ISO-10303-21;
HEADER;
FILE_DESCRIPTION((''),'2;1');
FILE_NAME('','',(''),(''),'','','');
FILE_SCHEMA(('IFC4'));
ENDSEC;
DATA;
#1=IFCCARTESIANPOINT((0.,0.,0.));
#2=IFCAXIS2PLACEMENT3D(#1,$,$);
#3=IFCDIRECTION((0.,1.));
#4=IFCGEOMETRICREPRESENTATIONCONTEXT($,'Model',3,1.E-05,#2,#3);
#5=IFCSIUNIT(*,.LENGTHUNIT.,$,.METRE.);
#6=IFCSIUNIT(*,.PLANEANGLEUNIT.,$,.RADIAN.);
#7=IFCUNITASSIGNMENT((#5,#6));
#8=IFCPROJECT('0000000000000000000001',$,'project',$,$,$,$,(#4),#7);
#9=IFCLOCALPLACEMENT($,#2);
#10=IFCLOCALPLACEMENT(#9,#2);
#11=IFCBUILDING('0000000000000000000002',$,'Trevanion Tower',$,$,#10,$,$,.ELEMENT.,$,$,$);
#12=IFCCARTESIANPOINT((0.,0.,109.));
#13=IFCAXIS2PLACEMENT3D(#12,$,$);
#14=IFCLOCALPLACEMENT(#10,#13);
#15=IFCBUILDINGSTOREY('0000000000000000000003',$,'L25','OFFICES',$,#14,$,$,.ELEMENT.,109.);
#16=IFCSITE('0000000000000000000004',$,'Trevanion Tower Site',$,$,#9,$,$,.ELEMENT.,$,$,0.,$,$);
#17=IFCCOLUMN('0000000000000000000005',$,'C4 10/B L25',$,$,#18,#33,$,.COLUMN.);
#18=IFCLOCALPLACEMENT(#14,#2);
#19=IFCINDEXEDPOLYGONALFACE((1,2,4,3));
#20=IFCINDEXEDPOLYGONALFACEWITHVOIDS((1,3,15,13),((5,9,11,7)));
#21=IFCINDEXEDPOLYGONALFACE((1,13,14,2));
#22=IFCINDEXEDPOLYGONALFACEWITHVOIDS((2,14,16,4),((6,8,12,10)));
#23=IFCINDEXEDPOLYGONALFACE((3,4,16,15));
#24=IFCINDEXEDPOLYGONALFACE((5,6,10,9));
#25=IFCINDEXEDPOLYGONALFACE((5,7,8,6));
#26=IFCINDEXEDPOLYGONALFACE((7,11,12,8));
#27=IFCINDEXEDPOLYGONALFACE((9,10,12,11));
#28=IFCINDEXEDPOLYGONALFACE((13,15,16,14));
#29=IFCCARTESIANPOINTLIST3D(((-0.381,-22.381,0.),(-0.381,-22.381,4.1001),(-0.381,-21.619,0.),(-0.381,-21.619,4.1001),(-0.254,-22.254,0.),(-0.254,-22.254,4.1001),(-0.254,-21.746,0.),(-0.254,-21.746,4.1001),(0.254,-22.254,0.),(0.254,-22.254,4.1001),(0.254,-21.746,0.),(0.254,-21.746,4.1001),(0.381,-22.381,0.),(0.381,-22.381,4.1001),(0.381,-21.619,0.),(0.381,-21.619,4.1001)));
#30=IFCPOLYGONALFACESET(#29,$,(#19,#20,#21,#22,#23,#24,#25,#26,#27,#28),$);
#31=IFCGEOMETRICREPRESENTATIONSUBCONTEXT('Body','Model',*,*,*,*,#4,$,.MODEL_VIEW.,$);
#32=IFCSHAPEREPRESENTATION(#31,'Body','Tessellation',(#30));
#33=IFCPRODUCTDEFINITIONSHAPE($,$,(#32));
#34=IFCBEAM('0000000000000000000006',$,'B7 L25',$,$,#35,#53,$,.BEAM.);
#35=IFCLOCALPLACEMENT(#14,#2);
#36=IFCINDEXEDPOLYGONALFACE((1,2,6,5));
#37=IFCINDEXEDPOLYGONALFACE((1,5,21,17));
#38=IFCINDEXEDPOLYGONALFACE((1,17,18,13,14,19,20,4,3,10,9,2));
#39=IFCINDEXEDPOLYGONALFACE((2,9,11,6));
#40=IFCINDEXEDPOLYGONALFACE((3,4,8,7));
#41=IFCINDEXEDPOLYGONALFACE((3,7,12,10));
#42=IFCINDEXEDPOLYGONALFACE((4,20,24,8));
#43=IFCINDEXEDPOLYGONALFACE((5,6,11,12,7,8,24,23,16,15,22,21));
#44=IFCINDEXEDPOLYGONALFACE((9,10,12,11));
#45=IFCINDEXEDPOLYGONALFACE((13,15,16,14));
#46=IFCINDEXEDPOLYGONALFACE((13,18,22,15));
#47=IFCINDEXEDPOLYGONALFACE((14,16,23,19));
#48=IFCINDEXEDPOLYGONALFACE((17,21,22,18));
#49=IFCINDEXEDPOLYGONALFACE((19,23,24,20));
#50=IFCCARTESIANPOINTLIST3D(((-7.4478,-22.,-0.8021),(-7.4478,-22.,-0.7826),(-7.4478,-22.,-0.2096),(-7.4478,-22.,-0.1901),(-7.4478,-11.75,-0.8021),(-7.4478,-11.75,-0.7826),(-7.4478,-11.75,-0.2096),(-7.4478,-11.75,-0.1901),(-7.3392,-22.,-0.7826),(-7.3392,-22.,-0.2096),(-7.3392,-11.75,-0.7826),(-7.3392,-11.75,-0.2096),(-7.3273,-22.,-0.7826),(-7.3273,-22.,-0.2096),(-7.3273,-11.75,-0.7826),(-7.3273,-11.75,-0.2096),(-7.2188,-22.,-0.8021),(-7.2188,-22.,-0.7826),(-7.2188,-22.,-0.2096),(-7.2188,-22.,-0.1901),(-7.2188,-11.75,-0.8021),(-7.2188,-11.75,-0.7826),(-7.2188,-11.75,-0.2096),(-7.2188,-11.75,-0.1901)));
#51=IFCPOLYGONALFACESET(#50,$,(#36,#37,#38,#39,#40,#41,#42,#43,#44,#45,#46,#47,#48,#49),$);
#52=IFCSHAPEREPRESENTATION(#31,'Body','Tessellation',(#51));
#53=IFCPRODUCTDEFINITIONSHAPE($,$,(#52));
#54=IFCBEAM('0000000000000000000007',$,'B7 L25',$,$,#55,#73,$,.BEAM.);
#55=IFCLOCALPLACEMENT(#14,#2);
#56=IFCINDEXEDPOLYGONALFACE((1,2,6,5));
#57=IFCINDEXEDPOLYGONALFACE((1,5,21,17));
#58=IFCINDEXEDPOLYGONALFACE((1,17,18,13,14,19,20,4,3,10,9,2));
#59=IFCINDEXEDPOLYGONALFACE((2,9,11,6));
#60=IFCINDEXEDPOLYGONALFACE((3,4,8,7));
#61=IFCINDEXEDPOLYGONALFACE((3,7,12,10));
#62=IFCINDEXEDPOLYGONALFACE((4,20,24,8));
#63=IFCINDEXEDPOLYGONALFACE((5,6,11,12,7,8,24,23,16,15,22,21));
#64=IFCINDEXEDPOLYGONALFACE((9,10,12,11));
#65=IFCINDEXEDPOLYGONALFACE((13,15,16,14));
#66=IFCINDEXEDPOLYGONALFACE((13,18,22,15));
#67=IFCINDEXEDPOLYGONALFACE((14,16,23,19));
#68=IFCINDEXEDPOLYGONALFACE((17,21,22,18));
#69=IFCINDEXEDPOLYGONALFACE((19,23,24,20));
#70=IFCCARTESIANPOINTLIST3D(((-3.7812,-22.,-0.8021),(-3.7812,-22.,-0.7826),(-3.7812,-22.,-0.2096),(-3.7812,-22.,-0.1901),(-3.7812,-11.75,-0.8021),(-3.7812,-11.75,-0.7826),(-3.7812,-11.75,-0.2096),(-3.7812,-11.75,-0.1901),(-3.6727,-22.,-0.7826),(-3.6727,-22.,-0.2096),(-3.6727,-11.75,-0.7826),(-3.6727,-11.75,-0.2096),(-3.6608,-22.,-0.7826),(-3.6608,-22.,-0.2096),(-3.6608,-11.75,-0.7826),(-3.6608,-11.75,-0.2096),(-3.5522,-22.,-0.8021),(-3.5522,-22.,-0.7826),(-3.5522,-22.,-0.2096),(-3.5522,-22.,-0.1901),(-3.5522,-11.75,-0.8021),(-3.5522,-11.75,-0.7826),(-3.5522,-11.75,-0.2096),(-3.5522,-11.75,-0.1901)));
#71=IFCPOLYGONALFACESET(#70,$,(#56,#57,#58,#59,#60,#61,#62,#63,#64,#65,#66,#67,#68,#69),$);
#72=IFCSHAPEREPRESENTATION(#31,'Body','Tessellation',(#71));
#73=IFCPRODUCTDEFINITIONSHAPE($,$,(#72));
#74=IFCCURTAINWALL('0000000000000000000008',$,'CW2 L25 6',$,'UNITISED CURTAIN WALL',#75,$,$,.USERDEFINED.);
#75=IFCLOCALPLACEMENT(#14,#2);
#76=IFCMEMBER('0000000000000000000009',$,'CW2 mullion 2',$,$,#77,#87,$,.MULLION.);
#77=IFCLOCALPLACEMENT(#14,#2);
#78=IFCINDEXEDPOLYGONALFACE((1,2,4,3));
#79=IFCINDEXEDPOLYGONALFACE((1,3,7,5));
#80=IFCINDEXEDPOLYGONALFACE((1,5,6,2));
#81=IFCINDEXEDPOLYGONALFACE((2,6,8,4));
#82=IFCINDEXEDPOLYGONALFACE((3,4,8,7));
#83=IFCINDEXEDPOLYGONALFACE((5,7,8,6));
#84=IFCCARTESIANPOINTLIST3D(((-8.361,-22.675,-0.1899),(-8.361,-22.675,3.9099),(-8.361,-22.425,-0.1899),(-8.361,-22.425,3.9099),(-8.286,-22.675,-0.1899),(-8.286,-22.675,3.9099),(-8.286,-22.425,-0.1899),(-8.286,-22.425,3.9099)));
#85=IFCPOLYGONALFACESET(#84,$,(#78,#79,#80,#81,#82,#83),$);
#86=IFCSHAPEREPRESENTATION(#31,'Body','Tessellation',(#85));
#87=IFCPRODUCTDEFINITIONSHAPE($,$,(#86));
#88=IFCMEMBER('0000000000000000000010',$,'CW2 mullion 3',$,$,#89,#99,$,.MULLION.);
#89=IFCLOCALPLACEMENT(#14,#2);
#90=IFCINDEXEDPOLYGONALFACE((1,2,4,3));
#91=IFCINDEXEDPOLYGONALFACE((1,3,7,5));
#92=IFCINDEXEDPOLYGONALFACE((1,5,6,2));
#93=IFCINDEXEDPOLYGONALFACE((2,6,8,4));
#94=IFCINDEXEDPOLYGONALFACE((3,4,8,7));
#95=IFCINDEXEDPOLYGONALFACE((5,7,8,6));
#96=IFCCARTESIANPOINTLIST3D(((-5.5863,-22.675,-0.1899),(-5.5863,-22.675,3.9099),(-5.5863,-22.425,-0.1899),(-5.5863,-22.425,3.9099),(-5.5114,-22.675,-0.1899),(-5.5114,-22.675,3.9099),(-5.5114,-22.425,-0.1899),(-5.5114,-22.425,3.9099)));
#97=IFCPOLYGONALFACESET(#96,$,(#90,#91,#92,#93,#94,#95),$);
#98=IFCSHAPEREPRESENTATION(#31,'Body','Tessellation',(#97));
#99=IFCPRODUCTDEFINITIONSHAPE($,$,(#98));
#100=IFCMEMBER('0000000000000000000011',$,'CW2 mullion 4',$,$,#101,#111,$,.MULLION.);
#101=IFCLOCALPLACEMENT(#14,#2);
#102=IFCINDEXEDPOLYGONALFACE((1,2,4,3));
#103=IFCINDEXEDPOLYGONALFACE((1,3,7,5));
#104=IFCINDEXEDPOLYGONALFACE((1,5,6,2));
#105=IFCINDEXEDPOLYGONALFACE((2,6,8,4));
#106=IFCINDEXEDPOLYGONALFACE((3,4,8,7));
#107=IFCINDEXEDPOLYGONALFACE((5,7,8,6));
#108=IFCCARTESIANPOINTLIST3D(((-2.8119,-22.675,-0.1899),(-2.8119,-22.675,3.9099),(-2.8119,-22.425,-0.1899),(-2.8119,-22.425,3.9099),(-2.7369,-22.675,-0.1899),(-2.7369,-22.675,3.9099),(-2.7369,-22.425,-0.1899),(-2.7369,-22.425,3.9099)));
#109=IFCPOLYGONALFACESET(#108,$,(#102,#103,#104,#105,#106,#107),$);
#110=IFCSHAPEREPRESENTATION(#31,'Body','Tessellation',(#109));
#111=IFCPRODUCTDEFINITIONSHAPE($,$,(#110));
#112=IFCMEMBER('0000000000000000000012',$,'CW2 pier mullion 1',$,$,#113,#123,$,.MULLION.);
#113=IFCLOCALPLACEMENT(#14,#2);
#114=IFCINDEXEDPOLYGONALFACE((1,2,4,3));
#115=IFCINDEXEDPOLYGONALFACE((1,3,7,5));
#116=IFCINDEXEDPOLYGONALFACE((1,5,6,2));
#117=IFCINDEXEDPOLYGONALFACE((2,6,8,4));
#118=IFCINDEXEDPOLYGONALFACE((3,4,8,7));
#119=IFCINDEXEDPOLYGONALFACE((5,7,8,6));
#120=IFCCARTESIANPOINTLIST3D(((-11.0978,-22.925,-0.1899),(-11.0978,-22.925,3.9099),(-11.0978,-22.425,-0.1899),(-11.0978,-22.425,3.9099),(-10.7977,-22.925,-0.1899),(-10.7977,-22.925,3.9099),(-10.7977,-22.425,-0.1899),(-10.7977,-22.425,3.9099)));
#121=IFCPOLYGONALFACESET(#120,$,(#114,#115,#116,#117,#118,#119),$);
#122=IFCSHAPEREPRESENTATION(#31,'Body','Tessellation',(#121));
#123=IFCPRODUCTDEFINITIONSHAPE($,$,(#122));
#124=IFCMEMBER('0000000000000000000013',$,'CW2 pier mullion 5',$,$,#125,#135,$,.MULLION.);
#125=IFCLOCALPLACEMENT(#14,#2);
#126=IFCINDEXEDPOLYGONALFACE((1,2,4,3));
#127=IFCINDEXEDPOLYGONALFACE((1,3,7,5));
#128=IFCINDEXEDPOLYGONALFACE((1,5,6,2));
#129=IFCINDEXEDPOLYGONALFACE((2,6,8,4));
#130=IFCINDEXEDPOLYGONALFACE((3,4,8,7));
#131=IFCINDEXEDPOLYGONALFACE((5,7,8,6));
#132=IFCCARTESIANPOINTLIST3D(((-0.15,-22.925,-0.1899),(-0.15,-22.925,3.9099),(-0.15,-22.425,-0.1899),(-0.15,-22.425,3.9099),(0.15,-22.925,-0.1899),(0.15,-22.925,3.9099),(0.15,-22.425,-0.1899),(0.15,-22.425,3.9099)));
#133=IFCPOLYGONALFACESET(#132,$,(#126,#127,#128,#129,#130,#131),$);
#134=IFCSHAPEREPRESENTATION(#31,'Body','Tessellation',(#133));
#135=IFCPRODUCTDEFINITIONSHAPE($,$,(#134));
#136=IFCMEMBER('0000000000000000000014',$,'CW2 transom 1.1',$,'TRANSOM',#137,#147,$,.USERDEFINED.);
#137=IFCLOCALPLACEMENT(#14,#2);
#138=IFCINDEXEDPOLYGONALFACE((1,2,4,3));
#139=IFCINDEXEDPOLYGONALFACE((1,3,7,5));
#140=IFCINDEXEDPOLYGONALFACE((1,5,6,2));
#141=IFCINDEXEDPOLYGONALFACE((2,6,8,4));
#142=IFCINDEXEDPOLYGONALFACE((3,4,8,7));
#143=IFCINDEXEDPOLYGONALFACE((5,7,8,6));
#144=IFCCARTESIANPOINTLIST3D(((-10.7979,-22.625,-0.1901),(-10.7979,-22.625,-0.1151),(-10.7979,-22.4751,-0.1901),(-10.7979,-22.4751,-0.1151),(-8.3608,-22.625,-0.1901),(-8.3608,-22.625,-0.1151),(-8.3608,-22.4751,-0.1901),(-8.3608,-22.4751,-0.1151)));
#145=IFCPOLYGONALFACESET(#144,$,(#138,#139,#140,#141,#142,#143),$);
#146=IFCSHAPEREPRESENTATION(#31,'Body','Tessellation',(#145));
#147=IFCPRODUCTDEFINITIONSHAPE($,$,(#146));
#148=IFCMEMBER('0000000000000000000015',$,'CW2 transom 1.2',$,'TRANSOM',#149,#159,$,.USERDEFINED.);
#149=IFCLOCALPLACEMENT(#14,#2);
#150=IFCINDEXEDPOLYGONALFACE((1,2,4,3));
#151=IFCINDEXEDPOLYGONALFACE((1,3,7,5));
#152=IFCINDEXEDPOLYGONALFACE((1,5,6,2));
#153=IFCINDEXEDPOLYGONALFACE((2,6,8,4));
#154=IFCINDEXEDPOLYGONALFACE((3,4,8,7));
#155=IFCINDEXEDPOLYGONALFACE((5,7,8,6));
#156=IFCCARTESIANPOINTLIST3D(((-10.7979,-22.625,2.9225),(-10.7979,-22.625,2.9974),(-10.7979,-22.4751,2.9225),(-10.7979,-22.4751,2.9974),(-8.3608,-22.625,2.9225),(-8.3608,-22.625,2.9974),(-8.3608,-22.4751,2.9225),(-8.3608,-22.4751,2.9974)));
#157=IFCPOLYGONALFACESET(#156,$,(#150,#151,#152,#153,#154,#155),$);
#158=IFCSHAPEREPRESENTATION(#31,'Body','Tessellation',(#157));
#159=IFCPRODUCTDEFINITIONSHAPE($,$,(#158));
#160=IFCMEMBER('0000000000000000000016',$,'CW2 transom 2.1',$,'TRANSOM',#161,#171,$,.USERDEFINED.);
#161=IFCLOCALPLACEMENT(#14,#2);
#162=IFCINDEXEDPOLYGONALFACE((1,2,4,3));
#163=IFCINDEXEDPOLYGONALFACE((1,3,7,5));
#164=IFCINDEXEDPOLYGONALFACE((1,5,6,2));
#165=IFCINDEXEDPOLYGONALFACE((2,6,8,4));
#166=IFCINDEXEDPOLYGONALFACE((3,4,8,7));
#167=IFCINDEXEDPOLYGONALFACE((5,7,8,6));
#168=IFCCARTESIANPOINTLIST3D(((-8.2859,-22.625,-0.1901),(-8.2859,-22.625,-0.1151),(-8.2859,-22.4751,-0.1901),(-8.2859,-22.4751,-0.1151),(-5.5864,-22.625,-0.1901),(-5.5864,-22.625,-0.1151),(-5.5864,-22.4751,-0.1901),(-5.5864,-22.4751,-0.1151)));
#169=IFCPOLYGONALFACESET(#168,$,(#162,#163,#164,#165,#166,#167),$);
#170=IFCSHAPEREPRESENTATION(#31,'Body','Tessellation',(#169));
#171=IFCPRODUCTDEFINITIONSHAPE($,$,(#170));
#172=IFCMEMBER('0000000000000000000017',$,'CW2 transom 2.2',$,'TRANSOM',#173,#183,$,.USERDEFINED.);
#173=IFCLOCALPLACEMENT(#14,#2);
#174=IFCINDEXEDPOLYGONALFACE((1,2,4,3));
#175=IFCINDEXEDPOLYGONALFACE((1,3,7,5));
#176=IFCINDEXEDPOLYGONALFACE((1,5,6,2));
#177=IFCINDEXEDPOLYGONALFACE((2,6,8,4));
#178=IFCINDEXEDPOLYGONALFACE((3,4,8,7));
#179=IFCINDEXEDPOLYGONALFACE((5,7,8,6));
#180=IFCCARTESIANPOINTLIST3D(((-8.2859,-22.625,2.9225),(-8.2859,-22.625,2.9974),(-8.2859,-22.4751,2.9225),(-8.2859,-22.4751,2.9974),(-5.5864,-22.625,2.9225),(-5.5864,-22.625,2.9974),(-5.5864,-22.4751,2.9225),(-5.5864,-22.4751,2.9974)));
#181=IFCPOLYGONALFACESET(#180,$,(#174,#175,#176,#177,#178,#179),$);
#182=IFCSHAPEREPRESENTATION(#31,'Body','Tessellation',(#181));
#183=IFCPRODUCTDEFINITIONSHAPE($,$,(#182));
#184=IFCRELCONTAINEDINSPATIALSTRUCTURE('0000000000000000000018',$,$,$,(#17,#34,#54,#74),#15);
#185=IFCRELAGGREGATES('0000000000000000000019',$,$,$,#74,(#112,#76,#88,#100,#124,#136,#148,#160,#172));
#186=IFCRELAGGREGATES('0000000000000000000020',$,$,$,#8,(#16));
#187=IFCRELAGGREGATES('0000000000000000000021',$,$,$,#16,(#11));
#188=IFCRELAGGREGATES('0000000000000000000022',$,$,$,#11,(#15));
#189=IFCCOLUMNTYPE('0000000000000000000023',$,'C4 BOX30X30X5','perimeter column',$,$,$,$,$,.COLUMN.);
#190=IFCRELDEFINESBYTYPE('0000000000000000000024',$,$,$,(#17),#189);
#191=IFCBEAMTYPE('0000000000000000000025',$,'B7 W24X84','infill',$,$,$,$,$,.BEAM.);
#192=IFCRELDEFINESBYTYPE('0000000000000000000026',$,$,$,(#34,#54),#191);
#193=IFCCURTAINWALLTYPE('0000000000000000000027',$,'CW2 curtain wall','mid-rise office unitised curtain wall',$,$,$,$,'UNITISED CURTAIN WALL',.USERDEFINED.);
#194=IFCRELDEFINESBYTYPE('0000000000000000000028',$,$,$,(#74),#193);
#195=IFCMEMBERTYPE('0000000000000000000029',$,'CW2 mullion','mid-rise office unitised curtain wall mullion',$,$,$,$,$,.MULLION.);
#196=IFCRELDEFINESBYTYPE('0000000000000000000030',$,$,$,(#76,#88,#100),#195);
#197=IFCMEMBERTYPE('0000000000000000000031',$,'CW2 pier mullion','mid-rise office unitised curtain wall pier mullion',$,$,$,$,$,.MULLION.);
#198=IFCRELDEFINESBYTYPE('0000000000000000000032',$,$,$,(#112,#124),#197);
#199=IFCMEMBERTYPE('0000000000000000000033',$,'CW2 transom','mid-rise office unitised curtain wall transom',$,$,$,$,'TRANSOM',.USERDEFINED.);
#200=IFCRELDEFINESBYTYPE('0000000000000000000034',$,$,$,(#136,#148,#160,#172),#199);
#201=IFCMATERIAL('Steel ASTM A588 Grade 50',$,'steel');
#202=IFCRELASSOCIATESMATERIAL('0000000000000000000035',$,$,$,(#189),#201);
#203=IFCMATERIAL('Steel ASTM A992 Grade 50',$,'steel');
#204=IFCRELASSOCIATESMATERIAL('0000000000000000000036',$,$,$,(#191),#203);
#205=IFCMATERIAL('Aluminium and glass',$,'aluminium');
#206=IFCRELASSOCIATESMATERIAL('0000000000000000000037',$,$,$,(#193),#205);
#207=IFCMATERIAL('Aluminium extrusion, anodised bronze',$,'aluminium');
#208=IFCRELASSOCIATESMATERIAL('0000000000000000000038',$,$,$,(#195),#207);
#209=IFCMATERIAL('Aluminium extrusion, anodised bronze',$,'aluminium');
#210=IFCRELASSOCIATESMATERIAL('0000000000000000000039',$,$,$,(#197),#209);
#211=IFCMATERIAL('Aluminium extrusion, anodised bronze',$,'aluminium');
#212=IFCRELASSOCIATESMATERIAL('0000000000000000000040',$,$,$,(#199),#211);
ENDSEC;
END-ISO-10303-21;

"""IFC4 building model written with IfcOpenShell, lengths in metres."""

from ifc_helpers import new_model, si_unit, direction, frame, origin, origin_2d, place, context, subcontext, project, spatial, rectangle, hollow_rectangle, i_section, extrude, material, material_profile, profile_set, type_object, element, aggregate, save


model = new_model("IFC4")

# Units and contexts
model_context = context("Model", 3, precision=1e-05, world=origin(), true_north=direction((0.0, 1.0)))
body_context = subcontext(model_context, "Body", "Model", "MODEL_VIEW")
ifc_project = project(units=[si_unit("LENGTHUNIT", "METRE"), si_unit("PLANEANGLEUNIT", "RADIAN")], contexts=[model_context])

# Site, building, storey
site_placement = place(None, origin())
site = spatial("IfcSite", under=ifc_project, at=site_placement, Name="Trevanion Tower Site", CompositionType="ELEMENT", RefElevation=0.0)
building_placement = place(site_placement, origin())
building = spatial("IfcBuilding", under=site, at=building_placement, Name="Trevanion Tower", CompositionType="ELEMENT")
storey_placement = place(building_placement, frame((0.0, 0.0, 109.0)))
storey = spatial("IfcBuildingStorey", under=building, at=storey_placement, Name="L25", Description="OFFICES", CompositionType="ELEMENT", Elevation=109.0)

# Column
ifc_material_1 = material(Name="Steel ASTM A588 Grade 50", Category="steel")
ifc_material_profile_1 = material_profile(ifc_material_1, hollow_rectangle(XDim=0.762, YDim=0.762, WallThickness=0.127, at=origin_2d()), Name="BOX30X30X5")
ifc_profile_set_1 = profile_set([ifc_material_profile_1], Name="Steel ASTM A588 Grade 50")
column_type = type_object("IfcColumnType", Name="C4 BOX30X30X5", Description="perimeter column", PredefinedType="COLUMN", material=ifc_profile_set_1)
column_placement = place(storey_placement, frame((0.0, -22.0, 0.0), z_axis=(0.0, 0.0, 1.0), x_axis=(1.0, 0.0, 0.0)))
element("IfcColumn", 1, at=column_placement, inside=storey, type_object=column_type, Name="C4 10/B L25", PredefinedType="COLUMN", context=body_context, shape_type="SweptSolid", body=[
    extrude(hollow_rectangle(XDim=0.762, YDim=0.762, WallThickness=0.127, at=origin_2d()), origin(), (0.0, 0.0, 1.0), 4.1001),
])

# Beams
ifc_material_2 = material(Name="Steel ASTM A992 Grade 50", Category="steel")
ifc_material_profile_2 = material_profile(ifc_material_2, i_section(OverallWidth=0.229, OverallDepth=0.6121, WebThickness=0.012, FlangeThickness=0.0195, at=origin_2d()), Name="W24X84")
ifc_profile_set_2 = profile_set([ifc_material_profile_2], Name="Steel ASTM A992 Grade 50")
beam_type_1 = type_object("IfcBeamType", Name="B7 W24X84", Description="infill", PredefinedType="BEAM", material=ifc_profile_set_2)
for number, where, z_axis, x_axis, name in (
    (2, (-7.3333, -11.75, -0.4961), (0.0, -1.0, 0.0), (1.0, 0.0, 0.0), "B7 L25"),
    (3, (-3.6667, -11.75, -0.4961), (0.0, -1.0, 0.0), (1.0, 0.0, 0.0), "B7 L25"),
):
    element("IfcBeam", number, at=place(storey_placement, frame(where, z_axis=z_axis, x_axis=x_axis)), inside=storey, type_object=beam_type_1, Name=name, PredefinedType="BEAM", context=body_context, shape_type="SweptSolid", body=[
        extrude(i_section(OverallWidth=0.229, OverallDepth=0.6121, WebThickness=0.012, FlangeThickness=0.0195, at=origin_2d()), origin(), (0.0, 0.0, 1.0), 10.25),
    ])

# Curtain wall, members
ifc_material_3 = material(Name="Aluminium and glass", Category="aluminium")
curtain_wall_type = type_object("IfcCurtainWallType", Name="CW2 curtain wall", Description="mid-rise office unitised curtain wall", ElementType="UNITISED CURTAIN WALL", PredefinedType="USERDEFINED", material=ifc_material_3)
curtain_wall_placement = place(storey_placement, origin())
curtain_wall = element("IfcCurtainWall", 4, at=curtain_wall_placement, inside=storey, type_object=curtain_wall_type, Name="CW2 L25 6", ObjectType="UNITISED CURTAIN WALL", PredefinedType="USERDEFINED")
ifc_material_4 = material(Name="Aluminium extrusion, anodised bronze", Category="aluminium")
ifc_material_profile_3 = material_profile(ifc_material_4, rectangle(XDim=0.075, YDim=0.25, at=origin_2d()), Name="CW2 mullion")
ifc_profile_set_3 = profile_set([ifc_material_profile_3], Name="Aluminium extrusion, anodised bronze")
member_type_1 = type_object("IfcMemberType", Name="CW2 mullion", Description="mid-rise office unitised curtain wall mullion", PredefinedType="MULLION", material=ifc_profile_set_3)
member_1_placement = place(storey_placement, frame((-8.3235, -22.55, -0.1899), z_axis=(0.0, 0.0, 1.0), x_axis=(1.0, 0.0, 0.0)))
member_1 = element("IfcMember", 5, at=member_1_placement, type_object=member_type_1, Name="CW2 mullion 2", PredefinedType="MULLION", context=body_context, shape_type="SweptSolid", body=[
    extrude(rectangle(XDim=0.075, YDim=0.25, at=origin_2d()), origin(), (0.0, 0.0, 1.0), 4.0999),
])
member_2_placement = place(storey_placement, frame((-5.5488, -22.55, -0.1899), z_axis=(0.0, 0.0, 1.0), x_axis=(1.0, 0.0, 0.0)))
member_2 = element("IfcMember", 6, at=member_2_placement, type_object=member_type_1, Name="CW2 mullion 3", PredefinedType="MULLION", context=body_context, shape_type="SweptSolid", body=[
    extrude(rectangle(XDim=0.075, YDim=0.25, at=origin_2d()), origin(), (0.0, 0.0, 1.0), 4.0999),
])
member_3_placement = place(storey_placement, frame((-2.7744, -22.55, -0.1899), z_axis=(0.0, 0.0, 1.0), x_axis=(1.0, 0.0, 0.0)))
member_3 = element("IfcMember", 7, at=member_3_placement, type_object=member_type_1, Name="CW2 mullion 4", PredefinedType="MULLION", context=body_context, shape_type="SweptSolid", body=[
    extrude(rectangle(XDim=0.075, YDim=0.25, at=origin_2d()), origin(), (0.0, 0.0, 1.0), 4.0999),
])
ifc_material_5 = material(Name="Aluminium extrusion, anodised bronze", Category="aluminium")
ifc_material_profile_4 = material_profile(ifc_material_5, rectangle(XDim=0.3, YDim=0.5, at=origin_2d()), Name="CW2 pier mullion")
ifc_profile_set_4 = profile_set([ifc_material_profile_4], Name="Aluminium extrusion, anodised bronze")
member_type_2 = type_object("IfcMemberType", Name="CW2 pier mullion", Description="mid-rise office unitised curtain wall pier mullion", PredefinedType="MULLION", material=ifc_profile_set_4)
member_4_placement = place(storey_placement, frame((-10.9478, -22.675, -0.1899), z_axis=(0.0, 0.0, 1.0), x_axis=(1.0, 0.0, 0.0)))
member_4 = element("IfcMember", 8, at=member_4_placement, type_object=member_type_2, Name="CW2 pier mullion 1", PredefinedType="MULLION", context=body_context, shape_type="SweptSolid", body=[
    extrude(rectangle(XDim=0.3, YDim=0.5, at=origin_2d()), origin(), (0.0, 0.0, 1.0), 4.0999),
])
member_5_placement = place(storey_placement, frame((0.0, -22.675, -0.1899), z_axis=(0.0, 0.0, 1.0), x_axis=(1.0, 0.0, 0.0)))
member_5 = element("IfcMember", 9, at=member_5_placement, type_object=member_type_2, Name="CW2 pier mullion 5", PredefinedType="MULLION", context=body_context, shape_type="SweptSolid", body=[
    extrude(rectangle(XDim=0.3, YDim=0.5, at=origin_2d()), origin(), (0.0, 0.0, 1.0), 4.0999),
])
ifc_material_6 = material(Name="Aluminium extrusion, anodised bronze", Category="aluminium")
ifc_material_profile_5 = material_profile(ifc_material_6, rectangle(XDim=0.1499, YDim=0.075, at=origin_2d()), Name="CW2 transom")
ifc_profile_set_5 = profile_set([ifc_material_profile_5], Name="Aluminium extrusion, anodised bronze")
member_type_3 = type_object("IfcMemberType", Name="CW2 transom", Description="mid-rise office unitised curtain wall transom", ElementType="TRANSOM", PredefinedType="USERDEFINED", material=ifc_profile_set_5)
member_6_placement = place(storey_placement, frame((-10.7979, -22.55, -0.1526), z_axis=(1.0, 0.0, 0.0), x_axis=(0.0, 1.0, 0.0)))
member_6 = element("IfcMember", 10, at=member_6_placement, type_object=member_type_3, Name="CW2 transom 1.1", ObjectType="TRANSOM", PredefinedType="USERDEFINED", context=body_context, shape_type="SweptSolid", body=[
    extrude(rectangle(XDim=0.1499, YDim=0.075, at=origin_2d()), origin(), (0.0, 0.0, 1.0), 2.437),
])
member_7_placement = place(storey_placement, frame((-10.7979, -22.55, 2.96), z_axis=(1.0, 0.0, 0.0), x_axis=(0.0, 1.0, 0.0)))
member_7 = element("IfcMember", 11, at=member_7_placement, type_object=member_type_3, Name="CW2 transom 1.2", ObjectType="TRANSOM", PredefinedType="USERDEFINED", context=body_context, shape_type="SweptSolid", body=[
    extrude(rectangle(XDim=0.1499, YDim=0.075, at=origin_2d()), origin(), (0.0, 0.0, 1.0), 2.437),
])
member_8_placement = place(storey_placement, frame((-8.2859, -22.55, -0.1526), z_axis=(1.0, 0.0, 0.0), x_axis=(0.0, 1.0, 0.0)))
member_8 = element("IfcMember", 12, at=member_8_placement, type_object=member_type_3, Name="CW2 transom 2.1", ObjectType="TRANSOM", PredefinedType="USERDEFINED", context=body_context, shape_type="SweptSolid", body=[
    extrude(rectangle(XDim=0.1499, YDim=0.075, at=origin_2d()), origin(), (0.0, 0.0, 1.0), 2.6995),
])
member_9_placement = place(storey_placement, frame((-8.2859, -22.55, 2.96), z_axis=(1.0, 0.0, 0.0), x_axis=(0.0, 1.0, 0.0)))
member_9 = element("IfcMember", 13, at=member_9_placement, type_object=member_type_3, Name="CW2 transom 2.2", ObjectType="TRANSOM", PredefinedType="USERDEFINED", context=body_context, shape_type="SweptSolid", body=[
    extrude(rectangle(XDim=0.1499, YDim=0.075, at=origin_2d()), origin(), (0.0, 0.0, 1.0), 2.6995),
])

aggregate(curtain_wall, [member_4, member_1, member_2, member_3, member_5, member_6, member_7, member_8, member_9])

save(model, "model.ifc")
